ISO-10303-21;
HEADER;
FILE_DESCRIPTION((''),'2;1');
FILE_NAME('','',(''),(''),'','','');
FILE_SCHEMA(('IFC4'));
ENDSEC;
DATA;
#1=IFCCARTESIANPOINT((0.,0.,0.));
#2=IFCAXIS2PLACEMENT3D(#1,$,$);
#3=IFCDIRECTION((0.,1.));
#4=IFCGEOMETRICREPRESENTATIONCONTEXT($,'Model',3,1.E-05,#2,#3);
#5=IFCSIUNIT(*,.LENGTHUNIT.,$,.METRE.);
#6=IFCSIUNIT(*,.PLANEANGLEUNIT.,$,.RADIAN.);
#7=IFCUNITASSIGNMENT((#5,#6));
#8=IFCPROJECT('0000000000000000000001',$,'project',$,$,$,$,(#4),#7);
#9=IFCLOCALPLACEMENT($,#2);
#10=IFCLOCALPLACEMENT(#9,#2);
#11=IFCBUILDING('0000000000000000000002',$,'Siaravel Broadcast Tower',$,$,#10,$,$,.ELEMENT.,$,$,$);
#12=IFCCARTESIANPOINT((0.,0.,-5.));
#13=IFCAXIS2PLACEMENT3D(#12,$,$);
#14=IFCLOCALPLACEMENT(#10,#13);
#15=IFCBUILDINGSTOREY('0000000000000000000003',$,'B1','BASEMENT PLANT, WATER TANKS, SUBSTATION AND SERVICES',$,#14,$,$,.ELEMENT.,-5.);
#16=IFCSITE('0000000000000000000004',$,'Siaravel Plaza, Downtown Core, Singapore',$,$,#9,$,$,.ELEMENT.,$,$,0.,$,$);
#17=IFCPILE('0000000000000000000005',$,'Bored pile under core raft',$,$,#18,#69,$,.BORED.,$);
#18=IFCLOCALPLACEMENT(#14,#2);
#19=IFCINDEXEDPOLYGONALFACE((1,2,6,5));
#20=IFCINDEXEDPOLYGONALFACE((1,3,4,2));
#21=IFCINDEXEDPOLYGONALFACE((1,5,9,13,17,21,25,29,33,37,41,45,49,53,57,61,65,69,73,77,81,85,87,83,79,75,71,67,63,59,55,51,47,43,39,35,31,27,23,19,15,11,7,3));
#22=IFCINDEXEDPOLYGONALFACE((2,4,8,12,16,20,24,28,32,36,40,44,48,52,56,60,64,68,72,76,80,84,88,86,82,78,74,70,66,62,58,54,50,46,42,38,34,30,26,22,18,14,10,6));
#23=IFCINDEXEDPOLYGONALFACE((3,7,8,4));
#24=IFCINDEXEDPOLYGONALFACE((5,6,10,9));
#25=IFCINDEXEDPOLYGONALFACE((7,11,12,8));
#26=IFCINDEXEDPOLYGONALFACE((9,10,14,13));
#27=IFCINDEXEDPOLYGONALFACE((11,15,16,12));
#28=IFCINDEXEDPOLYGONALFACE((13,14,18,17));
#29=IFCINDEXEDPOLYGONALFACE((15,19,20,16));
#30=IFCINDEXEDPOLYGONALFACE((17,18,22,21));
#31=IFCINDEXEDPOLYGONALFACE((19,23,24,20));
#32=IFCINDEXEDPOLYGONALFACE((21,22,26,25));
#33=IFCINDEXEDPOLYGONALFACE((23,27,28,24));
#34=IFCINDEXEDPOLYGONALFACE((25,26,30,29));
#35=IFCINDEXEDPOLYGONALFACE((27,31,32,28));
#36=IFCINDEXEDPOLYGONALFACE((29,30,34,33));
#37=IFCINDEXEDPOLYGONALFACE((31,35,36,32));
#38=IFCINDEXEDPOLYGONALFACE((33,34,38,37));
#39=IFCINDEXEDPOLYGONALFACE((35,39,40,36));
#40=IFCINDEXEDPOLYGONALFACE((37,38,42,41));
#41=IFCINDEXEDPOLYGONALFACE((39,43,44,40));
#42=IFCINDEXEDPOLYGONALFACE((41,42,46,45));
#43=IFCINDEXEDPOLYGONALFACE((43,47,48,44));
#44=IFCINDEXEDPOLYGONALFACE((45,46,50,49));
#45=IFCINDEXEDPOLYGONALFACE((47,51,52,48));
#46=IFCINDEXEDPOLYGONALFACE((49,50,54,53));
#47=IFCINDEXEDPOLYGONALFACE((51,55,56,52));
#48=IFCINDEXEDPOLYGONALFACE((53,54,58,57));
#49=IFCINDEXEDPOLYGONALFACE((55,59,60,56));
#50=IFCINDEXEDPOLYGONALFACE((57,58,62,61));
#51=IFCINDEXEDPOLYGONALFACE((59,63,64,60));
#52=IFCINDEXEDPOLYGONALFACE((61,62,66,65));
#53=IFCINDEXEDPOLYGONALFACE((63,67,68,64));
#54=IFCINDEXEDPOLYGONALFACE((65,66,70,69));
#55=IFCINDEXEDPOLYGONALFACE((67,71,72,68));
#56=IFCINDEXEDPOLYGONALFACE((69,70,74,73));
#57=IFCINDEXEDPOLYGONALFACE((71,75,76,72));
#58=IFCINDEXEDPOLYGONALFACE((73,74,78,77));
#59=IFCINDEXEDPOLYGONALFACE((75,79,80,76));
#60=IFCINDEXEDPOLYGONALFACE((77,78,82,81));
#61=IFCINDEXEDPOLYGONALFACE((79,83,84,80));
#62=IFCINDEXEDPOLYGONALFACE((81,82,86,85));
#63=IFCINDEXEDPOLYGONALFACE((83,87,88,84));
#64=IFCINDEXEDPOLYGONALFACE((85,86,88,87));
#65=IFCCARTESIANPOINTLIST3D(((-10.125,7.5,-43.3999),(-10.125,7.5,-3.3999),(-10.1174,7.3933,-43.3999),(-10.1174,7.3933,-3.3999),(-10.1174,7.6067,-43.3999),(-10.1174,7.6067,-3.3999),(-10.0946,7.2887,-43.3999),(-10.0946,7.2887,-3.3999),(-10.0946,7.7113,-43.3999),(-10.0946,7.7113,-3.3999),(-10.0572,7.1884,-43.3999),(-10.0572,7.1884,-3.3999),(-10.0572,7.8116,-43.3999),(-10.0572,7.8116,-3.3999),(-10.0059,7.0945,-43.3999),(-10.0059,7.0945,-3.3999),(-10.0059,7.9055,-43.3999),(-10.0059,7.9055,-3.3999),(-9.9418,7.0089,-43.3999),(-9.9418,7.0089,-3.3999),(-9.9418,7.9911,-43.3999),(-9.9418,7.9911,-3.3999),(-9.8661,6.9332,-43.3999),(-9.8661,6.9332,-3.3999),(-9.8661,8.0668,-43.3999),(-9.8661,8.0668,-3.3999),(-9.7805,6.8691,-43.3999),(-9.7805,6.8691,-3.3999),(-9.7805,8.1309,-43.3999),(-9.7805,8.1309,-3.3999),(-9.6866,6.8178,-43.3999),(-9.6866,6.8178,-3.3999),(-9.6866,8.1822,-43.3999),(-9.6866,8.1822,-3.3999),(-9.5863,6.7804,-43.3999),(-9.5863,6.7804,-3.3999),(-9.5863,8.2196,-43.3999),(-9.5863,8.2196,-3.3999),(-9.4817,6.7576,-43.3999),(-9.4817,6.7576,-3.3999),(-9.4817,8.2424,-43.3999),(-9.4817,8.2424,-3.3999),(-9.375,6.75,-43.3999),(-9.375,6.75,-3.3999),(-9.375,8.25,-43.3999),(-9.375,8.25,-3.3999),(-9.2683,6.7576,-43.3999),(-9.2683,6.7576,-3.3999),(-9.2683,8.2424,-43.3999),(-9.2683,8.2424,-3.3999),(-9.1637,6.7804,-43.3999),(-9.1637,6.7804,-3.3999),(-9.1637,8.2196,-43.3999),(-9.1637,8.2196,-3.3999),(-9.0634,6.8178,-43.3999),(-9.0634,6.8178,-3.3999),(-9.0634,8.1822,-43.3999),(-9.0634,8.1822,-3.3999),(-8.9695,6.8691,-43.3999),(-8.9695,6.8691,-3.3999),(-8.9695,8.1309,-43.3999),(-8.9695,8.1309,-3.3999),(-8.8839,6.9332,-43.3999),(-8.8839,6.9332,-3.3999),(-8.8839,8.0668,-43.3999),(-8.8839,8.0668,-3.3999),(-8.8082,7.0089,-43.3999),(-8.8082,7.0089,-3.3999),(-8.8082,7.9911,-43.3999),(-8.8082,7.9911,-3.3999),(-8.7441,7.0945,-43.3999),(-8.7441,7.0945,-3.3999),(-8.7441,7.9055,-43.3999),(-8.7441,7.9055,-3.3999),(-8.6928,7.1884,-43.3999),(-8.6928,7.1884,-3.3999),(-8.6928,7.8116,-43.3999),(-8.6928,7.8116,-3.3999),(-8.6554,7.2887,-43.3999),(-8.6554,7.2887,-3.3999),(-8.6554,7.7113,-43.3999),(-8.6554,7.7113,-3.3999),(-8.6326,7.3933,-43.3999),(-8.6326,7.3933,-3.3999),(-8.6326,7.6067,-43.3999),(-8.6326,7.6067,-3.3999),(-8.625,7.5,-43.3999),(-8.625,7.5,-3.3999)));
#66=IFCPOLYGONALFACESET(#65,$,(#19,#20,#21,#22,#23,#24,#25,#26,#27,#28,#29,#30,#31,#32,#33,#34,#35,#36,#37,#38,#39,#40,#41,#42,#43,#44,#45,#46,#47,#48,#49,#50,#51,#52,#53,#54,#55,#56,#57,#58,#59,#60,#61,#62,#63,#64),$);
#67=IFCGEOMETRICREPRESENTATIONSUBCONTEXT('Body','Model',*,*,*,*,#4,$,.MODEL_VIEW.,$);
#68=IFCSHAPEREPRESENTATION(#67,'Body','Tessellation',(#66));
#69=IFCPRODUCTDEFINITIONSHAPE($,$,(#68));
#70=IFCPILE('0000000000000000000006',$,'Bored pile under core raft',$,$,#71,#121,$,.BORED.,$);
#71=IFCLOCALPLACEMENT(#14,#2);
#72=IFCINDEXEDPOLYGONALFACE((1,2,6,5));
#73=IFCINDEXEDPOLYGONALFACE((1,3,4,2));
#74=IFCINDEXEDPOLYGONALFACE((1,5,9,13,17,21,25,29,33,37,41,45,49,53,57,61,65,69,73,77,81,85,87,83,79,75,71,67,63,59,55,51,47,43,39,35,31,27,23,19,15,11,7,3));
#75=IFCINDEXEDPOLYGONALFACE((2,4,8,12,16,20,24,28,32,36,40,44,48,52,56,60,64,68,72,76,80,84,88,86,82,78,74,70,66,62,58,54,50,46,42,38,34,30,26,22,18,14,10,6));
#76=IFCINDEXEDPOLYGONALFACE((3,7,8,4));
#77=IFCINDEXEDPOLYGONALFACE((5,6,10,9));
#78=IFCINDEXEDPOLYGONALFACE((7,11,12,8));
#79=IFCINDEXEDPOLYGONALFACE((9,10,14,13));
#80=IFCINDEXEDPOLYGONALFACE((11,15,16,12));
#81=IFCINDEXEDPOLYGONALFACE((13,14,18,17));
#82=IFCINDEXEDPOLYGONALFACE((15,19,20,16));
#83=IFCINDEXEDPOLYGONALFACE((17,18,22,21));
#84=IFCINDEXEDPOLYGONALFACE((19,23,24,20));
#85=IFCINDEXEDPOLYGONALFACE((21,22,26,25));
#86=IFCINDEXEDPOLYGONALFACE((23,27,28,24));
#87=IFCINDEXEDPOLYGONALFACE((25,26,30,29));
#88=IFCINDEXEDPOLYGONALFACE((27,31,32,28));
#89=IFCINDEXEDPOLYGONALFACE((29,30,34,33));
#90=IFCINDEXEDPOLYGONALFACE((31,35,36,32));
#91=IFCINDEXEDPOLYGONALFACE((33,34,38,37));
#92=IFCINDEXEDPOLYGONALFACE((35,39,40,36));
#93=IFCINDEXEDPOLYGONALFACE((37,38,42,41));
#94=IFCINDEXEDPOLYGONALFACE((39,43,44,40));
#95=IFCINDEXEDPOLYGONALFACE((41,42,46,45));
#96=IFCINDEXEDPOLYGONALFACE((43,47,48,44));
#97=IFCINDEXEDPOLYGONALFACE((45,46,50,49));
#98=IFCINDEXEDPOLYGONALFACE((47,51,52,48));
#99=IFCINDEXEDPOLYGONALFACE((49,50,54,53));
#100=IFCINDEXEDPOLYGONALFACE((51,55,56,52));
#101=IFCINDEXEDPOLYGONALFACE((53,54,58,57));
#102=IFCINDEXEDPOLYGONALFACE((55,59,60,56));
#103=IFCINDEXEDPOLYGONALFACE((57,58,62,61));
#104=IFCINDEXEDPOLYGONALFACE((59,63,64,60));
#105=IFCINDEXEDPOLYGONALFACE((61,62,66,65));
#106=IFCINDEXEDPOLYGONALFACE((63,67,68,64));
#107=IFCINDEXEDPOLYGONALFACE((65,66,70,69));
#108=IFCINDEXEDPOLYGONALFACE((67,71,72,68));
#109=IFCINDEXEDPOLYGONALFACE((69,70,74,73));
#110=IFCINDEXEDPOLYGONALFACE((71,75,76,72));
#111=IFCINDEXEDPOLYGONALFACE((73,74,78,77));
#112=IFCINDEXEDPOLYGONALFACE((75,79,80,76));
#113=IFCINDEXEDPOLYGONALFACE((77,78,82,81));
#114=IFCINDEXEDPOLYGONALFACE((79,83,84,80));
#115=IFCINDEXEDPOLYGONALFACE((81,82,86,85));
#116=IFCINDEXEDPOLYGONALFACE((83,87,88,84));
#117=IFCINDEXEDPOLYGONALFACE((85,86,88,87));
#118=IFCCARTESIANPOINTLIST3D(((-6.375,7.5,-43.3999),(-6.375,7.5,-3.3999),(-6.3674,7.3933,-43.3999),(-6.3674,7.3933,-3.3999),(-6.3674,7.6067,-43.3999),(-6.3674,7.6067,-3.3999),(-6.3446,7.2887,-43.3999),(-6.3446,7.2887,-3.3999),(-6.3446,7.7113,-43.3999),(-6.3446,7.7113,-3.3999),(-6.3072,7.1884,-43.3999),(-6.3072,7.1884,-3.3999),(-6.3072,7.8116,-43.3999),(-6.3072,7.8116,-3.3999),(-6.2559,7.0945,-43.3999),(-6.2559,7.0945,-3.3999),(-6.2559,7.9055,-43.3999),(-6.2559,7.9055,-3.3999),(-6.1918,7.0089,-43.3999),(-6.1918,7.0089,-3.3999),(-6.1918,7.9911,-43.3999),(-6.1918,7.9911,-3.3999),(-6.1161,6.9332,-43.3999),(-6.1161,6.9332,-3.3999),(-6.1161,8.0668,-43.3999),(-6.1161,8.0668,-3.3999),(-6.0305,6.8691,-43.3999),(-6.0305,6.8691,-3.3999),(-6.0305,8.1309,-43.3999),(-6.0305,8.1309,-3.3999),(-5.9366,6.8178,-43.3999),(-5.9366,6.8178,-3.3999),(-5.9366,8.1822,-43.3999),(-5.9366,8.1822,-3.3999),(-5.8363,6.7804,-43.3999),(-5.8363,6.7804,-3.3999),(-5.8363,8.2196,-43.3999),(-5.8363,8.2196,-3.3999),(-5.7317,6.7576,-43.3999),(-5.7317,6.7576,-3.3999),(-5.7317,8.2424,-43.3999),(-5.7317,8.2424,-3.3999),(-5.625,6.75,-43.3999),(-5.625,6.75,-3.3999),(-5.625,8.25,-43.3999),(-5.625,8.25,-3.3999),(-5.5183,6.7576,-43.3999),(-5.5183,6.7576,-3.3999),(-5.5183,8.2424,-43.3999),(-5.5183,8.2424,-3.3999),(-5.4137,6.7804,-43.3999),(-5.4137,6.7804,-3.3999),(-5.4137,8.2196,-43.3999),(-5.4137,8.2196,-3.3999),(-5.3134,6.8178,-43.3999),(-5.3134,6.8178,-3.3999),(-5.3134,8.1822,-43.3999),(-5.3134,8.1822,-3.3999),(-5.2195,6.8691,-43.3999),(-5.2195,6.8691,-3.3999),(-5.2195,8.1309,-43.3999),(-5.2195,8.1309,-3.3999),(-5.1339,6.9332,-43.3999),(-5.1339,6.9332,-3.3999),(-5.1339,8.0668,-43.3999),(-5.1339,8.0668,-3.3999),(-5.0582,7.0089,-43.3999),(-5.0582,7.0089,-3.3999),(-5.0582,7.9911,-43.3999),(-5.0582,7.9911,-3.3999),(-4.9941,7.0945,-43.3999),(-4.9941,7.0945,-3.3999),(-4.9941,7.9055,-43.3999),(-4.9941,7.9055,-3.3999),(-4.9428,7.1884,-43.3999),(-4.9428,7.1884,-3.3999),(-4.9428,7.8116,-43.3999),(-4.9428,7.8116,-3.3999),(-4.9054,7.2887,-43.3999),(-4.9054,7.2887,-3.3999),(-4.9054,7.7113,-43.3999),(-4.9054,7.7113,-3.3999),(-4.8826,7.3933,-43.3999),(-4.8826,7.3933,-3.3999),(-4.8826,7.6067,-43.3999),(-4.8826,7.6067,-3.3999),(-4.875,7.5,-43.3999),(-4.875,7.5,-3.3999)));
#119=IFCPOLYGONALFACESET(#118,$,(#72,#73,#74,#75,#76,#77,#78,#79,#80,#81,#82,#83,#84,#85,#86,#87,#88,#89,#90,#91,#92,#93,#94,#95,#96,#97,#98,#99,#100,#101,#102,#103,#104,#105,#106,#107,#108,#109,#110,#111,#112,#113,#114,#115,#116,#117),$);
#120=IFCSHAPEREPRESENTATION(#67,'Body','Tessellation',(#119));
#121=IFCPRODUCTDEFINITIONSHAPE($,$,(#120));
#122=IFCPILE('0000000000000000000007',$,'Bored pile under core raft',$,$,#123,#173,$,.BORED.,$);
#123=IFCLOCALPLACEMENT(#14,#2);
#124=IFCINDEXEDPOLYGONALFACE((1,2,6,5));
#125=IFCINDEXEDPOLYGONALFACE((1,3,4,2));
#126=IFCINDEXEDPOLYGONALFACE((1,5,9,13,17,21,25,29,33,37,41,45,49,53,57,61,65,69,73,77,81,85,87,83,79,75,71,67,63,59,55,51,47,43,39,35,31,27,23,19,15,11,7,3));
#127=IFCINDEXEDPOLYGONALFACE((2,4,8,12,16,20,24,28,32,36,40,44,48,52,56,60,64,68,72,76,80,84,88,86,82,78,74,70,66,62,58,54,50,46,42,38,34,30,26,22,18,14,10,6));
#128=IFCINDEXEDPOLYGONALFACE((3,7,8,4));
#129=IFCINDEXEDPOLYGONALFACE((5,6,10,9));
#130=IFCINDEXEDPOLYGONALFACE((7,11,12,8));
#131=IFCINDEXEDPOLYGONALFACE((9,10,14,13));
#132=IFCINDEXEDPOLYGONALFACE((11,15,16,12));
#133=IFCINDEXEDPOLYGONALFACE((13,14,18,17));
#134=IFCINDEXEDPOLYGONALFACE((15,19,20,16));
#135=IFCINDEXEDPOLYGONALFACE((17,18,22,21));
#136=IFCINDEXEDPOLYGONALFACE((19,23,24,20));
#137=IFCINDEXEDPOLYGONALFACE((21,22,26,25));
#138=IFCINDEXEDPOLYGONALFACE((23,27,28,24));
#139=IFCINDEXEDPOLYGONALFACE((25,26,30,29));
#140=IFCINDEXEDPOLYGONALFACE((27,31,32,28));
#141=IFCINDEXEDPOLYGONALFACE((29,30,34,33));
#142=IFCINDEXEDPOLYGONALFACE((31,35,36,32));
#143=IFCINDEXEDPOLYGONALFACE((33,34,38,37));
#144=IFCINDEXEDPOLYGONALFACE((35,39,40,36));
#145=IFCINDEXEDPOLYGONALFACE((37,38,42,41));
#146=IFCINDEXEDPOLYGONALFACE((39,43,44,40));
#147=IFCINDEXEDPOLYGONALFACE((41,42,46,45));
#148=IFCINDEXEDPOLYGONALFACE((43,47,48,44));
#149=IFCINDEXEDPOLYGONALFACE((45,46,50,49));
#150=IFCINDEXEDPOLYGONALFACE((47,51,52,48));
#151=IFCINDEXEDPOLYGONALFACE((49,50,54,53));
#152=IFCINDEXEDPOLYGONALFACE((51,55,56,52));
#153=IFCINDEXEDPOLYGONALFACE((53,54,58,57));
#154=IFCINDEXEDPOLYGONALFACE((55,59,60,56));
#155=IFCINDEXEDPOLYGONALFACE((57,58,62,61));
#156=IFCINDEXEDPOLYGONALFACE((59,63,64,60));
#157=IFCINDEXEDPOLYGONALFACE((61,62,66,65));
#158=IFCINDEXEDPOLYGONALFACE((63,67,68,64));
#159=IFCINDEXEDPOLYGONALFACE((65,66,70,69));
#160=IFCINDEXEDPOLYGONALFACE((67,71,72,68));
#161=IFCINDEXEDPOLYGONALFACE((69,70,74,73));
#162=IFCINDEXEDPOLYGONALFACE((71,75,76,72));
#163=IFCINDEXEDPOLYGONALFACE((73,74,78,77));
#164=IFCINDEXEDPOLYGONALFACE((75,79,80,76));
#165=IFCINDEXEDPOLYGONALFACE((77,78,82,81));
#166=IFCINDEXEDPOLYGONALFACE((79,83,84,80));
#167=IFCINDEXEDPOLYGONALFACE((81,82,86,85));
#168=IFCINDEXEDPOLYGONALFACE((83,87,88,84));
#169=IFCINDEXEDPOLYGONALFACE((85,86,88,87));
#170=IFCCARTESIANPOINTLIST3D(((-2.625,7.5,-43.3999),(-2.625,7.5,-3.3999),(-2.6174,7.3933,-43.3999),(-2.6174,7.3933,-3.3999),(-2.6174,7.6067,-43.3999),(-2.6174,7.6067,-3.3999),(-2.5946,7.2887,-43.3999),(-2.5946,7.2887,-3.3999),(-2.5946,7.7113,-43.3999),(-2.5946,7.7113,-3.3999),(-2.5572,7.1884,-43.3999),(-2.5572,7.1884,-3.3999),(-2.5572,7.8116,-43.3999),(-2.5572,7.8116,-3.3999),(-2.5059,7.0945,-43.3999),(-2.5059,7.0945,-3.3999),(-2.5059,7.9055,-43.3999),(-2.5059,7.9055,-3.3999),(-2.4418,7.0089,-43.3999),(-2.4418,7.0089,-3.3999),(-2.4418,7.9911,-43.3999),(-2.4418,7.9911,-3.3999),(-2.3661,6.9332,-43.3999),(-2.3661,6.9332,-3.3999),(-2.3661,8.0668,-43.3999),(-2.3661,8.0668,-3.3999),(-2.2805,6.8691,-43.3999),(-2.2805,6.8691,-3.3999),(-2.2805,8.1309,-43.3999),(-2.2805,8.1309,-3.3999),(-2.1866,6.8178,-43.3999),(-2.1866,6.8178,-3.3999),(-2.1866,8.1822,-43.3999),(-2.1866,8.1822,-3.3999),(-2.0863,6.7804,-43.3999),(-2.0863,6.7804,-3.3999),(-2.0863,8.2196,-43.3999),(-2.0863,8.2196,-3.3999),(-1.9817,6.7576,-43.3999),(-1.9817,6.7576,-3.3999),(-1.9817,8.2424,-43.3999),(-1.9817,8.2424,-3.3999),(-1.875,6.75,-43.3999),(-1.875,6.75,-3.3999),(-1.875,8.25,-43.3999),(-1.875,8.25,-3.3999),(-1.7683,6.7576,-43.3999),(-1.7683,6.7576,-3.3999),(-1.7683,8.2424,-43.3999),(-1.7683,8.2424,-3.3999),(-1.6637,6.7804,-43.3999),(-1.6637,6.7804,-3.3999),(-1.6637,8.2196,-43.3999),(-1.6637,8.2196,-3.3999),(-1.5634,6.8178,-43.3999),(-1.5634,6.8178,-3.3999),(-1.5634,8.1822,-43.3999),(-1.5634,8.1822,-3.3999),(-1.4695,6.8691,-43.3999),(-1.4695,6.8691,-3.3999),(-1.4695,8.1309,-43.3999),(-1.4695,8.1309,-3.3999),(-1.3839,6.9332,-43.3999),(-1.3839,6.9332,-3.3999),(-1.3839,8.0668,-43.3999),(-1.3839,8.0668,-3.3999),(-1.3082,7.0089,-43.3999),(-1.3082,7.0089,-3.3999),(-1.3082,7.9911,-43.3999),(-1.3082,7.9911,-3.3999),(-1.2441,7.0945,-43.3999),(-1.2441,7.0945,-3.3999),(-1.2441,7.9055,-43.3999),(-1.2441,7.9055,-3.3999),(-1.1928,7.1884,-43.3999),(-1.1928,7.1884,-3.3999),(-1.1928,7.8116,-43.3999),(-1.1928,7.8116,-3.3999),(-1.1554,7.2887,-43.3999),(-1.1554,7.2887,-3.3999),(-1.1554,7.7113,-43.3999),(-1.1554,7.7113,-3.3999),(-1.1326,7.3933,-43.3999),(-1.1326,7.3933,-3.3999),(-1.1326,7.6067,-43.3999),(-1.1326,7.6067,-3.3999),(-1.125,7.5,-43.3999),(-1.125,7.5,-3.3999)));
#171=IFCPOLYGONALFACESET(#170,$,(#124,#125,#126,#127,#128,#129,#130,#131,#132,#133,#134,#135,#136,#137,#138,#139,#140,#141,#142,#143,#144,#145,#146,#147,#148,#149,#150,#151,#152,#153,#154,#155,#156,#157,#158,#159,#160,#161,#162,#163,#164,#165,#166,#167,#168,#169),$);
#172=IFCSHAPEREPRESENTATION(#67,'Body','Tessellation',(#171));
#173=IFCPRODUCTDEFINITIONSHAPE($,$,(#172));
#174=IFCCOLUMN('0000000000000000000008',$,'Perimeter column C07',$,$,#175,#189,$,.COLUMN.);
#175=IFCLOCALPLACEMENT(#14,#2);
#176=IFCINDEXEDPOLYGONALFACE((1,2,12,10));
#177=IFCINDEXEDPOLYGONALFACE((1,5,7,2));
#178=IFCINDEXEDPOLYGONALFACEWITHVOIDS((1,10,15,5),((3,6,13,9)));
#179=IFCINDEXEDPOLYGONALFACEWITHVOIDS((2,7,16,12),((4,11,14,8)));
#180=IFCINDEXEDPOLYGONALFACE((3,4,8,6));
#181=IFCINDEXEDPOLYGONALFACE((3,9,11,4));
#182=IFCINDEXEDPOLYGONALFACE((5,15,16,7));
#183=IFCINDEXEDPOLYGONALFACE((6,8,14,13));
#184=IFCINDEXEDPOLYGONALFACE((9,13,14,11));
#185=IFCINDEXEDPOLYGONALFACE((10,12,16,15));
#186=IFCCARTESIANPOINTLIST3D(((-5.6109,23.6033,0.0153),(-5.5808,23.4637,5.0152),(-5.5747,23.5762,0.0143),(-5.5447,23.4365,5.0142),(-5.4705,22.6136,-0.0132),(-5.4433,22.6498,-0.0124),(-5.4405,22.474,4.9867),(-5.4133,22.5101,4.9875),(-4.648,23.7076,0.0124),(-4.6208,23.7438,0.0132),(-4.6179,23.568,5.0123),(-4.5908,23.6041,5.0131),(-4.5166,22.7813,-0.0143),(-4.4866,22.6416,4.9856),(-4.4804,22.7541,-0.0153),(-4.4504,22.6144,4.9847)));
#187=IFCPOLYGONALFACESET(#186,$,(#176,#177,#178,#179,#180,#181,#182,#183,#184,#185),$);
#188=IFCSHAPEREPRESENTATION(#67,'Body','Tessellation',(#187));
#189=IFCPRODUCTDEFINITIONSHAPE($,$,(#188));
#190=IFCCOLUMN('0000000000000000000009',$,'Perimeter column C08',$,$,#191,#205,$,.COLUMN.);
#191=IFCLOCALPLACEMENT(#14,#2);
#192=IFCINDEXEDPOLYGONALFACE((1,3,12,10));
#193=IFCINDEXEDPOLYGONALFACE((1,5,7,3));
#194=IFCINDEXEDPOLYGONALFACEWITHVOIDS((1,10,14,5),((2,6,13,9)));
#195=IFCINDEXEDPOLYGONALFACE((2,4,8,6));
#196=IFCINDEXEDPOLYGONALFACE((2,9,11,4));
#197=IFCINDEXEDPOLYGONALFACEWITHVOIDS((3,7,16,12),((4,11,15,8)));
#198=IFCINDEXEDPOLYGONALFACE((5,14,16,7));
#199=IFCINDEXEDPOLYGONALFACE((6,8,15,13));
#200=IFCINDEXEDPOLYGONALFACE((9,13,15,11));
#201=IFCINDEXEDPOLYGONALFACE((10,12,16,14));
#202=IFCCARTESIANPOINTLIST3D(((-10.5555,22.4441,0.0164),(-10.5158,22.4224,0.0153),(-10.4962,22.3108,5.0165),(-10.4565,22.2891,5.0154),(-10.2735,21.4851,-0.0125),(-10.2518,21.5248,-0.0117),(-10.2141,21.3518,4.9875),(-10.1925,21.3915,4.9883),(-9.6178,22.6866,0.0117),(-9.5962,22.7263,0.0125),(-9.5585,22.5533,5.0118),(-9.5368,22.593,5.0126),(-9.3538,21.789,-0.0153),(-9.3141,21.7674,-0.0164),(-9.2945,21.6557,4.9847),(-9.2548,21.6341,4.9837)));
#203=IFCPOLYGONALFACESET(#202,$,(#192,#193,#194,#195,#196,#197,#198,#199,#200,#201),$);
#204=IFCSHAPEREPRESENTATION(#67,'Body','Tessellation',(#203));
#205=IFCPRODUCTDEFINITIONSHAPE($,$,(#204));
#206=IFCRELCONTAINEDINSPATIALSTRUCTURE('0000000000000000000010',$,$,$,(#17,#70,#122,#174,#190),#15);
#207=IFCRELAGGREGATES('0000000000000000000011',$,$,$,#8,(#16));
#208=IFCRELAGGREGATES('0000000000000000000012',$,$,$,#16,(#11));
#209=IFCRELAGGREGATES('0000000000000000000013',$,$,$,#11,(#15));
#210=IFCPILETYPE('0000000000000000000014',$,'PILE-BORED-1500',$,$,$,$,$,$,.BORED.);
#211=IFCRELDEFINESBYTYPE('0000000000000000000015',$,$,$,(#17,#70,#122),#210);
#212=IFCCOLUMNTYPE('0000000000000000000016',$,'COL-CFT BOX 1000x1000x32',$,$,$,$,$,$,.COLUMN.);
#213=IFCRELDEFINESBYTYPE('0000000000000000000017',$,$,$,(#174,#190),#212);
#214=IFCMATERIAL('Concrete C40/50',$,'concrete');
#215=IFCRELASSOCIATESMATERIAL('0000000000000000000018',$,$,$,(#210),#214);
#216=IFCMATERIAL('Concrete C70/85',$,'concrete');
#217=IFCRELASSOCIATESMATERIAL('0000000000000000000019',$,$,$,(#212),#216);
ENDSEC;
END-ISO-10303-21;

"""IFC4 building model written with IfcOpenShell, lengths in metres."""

from ifc_helpers import new_model, si_unit, direction, frame, origin, origin_2d, place, context, subcontext, project, spatial, hollow_rectangle, circle, extrude, material, material_profile, profile_set, type_object, element, save


model = new_model("IFC4")

# Units and contexts
model_context = context("Model", 3, precision=1e-05, world=origin(), true_north=direction((0.0, 1.0)))
body_context = subcontext(model_context, "Body", "Model", "MODEL_VIEW")
ifc_project = project(units=[si_unit("LENGTHUNIT", "METRE"), si_unit("PLANEANGLEUNIT", "RADIAN")], contexts=[model_context])

# Site, building, storey
site_placement = place(None, origin())
site = spatial("IfcSite", under=ifc_project, at=site_placement, Name="Siaravel Plaza, Downtown Core, Singapore", CompositionType="ELEMENT", RefElevation=0.0)
building_placement = place(site_placement, origin())
building = spatial("IfcBuilding", under=site, at=building_placement, Name="Siaravel Broadcast Tower", CompositionType="ELEMENT")
storey_placement = place(building_placement, frame((0.0, 0.0, -5.0)))
storey = spatial("IfcBuildingStorey", under=building, at=storey_placement, Name="B1", Description="BASEMENT PLANT, WATER TANKS, SUBSTATION AND SERVICES", CompositionType="ELEMENT", Elevation=-5.0)

# Shared definitions
ifc_material_1 = material(Name="Concrete C40/50", Category="concrete")

# Piles
ifc_material_profile_1 = material_profile(ifc_material_1, circle(Radius=0.75, at=origin_2d()))
ifc_profile_set_1 = profile_set([ifc_material_profile_1], Name="Concrete C40/50")
pile_type_1 = type_object("IfcPileType", Name="PILE-BORED-1500", PredefinedType="BORED", material=ifc_profile_set_1)
for number, where, z_axis, x_axis, name in (
    (1, (-9.375, 7.5, -3.3999), (0.0, 0.0, -1.0), (1.0, 0.0, 0.0), "Bored pile under core raft"),
    (2, (-5.625, 7.5, -3.3999), (0.0, 0.0, -1.0), (1.0, 0.0, 0.0), "Bored pile under core raft"),
    (3, (-1.875, 7.5, -3.3999), (0.0, 0.0, -1.0), (1.0, 0.0, 0.0), "Bored pile under core raft"),
):
    element("IfcPile", number, at=place(storey_placement, frame(where, z_axis=z_axis, x_axis=x_axis)), inside=storey, type_object=pile_type_1, Name=name, PredefinedType="BORED", context=body_context, shape_type="SweptSolid", body=[
        extrude(circle(Radius=0.75, at=origin_2d()), origin(), (0.0, 0.0, 1.0), 40.0),
    ])

# Columns
ifc_material_2 = material(Name="Concrete C70/85", Category="concrete")
ifc_material_profile_2 = material_profile(ifc_material_2, hollow_rectangle(XDim=1.0, YDim=1.0, WallThickness=0.032, at=origin_2d()))
ifc_profile_set_2 = profile_set([ifc_material_profile_2], Name="Concrete C70/85")
column_type = type_object("IfcColumnType", Name="COL-CFT BOX 1000x1000x32", PredefinedType="COLUMN", material=ifc_profile_set_2)
column_1_placement = place(storey_placement, frame((-5.0457, 23.1787, 0.0), z_axis=(0.006003, -0.027918, 0.999592), x_axis=(0.990084, 0.140459, -0.002023)))
element("IfcColumn", 4, at=column_1_placement, inside=storey, type_object=column_type, Name="Perimeter column C07", PredefinedType="COLUMN", context=body_context, shape_type="SweptSolid", body=[
    extrude(hollow_rectangle(XDim=1.0, YDim=1.0, WallThickness=0.032, at=origin_2d()), origin(), (0.0, 0.0, 1.0), 5.002),
])
column_2_placement = place(storey_placement, frame((-9.9348, 22.1057, 0.0), z_axis=(0.01186, -0.026649, 0.999574), x_axis=(0.959327, 0.28227, -0.003857)))
element("IfcColumn", 5, at=column_2_placement, inside=storey, type_object=column_type, Name="Perimeter column C08", PredefinedType="COLUMN", context=body_context, shape_type="SweptSolid", body=[
    extrude(hollow_rectangle(XDim=1.0, YDim=1.0, WallThickness=0.032, at=origin_2d()), origin(), (0.0, 0.0, 1.0), 5.0022),
])

save(model, "model.ifc")
